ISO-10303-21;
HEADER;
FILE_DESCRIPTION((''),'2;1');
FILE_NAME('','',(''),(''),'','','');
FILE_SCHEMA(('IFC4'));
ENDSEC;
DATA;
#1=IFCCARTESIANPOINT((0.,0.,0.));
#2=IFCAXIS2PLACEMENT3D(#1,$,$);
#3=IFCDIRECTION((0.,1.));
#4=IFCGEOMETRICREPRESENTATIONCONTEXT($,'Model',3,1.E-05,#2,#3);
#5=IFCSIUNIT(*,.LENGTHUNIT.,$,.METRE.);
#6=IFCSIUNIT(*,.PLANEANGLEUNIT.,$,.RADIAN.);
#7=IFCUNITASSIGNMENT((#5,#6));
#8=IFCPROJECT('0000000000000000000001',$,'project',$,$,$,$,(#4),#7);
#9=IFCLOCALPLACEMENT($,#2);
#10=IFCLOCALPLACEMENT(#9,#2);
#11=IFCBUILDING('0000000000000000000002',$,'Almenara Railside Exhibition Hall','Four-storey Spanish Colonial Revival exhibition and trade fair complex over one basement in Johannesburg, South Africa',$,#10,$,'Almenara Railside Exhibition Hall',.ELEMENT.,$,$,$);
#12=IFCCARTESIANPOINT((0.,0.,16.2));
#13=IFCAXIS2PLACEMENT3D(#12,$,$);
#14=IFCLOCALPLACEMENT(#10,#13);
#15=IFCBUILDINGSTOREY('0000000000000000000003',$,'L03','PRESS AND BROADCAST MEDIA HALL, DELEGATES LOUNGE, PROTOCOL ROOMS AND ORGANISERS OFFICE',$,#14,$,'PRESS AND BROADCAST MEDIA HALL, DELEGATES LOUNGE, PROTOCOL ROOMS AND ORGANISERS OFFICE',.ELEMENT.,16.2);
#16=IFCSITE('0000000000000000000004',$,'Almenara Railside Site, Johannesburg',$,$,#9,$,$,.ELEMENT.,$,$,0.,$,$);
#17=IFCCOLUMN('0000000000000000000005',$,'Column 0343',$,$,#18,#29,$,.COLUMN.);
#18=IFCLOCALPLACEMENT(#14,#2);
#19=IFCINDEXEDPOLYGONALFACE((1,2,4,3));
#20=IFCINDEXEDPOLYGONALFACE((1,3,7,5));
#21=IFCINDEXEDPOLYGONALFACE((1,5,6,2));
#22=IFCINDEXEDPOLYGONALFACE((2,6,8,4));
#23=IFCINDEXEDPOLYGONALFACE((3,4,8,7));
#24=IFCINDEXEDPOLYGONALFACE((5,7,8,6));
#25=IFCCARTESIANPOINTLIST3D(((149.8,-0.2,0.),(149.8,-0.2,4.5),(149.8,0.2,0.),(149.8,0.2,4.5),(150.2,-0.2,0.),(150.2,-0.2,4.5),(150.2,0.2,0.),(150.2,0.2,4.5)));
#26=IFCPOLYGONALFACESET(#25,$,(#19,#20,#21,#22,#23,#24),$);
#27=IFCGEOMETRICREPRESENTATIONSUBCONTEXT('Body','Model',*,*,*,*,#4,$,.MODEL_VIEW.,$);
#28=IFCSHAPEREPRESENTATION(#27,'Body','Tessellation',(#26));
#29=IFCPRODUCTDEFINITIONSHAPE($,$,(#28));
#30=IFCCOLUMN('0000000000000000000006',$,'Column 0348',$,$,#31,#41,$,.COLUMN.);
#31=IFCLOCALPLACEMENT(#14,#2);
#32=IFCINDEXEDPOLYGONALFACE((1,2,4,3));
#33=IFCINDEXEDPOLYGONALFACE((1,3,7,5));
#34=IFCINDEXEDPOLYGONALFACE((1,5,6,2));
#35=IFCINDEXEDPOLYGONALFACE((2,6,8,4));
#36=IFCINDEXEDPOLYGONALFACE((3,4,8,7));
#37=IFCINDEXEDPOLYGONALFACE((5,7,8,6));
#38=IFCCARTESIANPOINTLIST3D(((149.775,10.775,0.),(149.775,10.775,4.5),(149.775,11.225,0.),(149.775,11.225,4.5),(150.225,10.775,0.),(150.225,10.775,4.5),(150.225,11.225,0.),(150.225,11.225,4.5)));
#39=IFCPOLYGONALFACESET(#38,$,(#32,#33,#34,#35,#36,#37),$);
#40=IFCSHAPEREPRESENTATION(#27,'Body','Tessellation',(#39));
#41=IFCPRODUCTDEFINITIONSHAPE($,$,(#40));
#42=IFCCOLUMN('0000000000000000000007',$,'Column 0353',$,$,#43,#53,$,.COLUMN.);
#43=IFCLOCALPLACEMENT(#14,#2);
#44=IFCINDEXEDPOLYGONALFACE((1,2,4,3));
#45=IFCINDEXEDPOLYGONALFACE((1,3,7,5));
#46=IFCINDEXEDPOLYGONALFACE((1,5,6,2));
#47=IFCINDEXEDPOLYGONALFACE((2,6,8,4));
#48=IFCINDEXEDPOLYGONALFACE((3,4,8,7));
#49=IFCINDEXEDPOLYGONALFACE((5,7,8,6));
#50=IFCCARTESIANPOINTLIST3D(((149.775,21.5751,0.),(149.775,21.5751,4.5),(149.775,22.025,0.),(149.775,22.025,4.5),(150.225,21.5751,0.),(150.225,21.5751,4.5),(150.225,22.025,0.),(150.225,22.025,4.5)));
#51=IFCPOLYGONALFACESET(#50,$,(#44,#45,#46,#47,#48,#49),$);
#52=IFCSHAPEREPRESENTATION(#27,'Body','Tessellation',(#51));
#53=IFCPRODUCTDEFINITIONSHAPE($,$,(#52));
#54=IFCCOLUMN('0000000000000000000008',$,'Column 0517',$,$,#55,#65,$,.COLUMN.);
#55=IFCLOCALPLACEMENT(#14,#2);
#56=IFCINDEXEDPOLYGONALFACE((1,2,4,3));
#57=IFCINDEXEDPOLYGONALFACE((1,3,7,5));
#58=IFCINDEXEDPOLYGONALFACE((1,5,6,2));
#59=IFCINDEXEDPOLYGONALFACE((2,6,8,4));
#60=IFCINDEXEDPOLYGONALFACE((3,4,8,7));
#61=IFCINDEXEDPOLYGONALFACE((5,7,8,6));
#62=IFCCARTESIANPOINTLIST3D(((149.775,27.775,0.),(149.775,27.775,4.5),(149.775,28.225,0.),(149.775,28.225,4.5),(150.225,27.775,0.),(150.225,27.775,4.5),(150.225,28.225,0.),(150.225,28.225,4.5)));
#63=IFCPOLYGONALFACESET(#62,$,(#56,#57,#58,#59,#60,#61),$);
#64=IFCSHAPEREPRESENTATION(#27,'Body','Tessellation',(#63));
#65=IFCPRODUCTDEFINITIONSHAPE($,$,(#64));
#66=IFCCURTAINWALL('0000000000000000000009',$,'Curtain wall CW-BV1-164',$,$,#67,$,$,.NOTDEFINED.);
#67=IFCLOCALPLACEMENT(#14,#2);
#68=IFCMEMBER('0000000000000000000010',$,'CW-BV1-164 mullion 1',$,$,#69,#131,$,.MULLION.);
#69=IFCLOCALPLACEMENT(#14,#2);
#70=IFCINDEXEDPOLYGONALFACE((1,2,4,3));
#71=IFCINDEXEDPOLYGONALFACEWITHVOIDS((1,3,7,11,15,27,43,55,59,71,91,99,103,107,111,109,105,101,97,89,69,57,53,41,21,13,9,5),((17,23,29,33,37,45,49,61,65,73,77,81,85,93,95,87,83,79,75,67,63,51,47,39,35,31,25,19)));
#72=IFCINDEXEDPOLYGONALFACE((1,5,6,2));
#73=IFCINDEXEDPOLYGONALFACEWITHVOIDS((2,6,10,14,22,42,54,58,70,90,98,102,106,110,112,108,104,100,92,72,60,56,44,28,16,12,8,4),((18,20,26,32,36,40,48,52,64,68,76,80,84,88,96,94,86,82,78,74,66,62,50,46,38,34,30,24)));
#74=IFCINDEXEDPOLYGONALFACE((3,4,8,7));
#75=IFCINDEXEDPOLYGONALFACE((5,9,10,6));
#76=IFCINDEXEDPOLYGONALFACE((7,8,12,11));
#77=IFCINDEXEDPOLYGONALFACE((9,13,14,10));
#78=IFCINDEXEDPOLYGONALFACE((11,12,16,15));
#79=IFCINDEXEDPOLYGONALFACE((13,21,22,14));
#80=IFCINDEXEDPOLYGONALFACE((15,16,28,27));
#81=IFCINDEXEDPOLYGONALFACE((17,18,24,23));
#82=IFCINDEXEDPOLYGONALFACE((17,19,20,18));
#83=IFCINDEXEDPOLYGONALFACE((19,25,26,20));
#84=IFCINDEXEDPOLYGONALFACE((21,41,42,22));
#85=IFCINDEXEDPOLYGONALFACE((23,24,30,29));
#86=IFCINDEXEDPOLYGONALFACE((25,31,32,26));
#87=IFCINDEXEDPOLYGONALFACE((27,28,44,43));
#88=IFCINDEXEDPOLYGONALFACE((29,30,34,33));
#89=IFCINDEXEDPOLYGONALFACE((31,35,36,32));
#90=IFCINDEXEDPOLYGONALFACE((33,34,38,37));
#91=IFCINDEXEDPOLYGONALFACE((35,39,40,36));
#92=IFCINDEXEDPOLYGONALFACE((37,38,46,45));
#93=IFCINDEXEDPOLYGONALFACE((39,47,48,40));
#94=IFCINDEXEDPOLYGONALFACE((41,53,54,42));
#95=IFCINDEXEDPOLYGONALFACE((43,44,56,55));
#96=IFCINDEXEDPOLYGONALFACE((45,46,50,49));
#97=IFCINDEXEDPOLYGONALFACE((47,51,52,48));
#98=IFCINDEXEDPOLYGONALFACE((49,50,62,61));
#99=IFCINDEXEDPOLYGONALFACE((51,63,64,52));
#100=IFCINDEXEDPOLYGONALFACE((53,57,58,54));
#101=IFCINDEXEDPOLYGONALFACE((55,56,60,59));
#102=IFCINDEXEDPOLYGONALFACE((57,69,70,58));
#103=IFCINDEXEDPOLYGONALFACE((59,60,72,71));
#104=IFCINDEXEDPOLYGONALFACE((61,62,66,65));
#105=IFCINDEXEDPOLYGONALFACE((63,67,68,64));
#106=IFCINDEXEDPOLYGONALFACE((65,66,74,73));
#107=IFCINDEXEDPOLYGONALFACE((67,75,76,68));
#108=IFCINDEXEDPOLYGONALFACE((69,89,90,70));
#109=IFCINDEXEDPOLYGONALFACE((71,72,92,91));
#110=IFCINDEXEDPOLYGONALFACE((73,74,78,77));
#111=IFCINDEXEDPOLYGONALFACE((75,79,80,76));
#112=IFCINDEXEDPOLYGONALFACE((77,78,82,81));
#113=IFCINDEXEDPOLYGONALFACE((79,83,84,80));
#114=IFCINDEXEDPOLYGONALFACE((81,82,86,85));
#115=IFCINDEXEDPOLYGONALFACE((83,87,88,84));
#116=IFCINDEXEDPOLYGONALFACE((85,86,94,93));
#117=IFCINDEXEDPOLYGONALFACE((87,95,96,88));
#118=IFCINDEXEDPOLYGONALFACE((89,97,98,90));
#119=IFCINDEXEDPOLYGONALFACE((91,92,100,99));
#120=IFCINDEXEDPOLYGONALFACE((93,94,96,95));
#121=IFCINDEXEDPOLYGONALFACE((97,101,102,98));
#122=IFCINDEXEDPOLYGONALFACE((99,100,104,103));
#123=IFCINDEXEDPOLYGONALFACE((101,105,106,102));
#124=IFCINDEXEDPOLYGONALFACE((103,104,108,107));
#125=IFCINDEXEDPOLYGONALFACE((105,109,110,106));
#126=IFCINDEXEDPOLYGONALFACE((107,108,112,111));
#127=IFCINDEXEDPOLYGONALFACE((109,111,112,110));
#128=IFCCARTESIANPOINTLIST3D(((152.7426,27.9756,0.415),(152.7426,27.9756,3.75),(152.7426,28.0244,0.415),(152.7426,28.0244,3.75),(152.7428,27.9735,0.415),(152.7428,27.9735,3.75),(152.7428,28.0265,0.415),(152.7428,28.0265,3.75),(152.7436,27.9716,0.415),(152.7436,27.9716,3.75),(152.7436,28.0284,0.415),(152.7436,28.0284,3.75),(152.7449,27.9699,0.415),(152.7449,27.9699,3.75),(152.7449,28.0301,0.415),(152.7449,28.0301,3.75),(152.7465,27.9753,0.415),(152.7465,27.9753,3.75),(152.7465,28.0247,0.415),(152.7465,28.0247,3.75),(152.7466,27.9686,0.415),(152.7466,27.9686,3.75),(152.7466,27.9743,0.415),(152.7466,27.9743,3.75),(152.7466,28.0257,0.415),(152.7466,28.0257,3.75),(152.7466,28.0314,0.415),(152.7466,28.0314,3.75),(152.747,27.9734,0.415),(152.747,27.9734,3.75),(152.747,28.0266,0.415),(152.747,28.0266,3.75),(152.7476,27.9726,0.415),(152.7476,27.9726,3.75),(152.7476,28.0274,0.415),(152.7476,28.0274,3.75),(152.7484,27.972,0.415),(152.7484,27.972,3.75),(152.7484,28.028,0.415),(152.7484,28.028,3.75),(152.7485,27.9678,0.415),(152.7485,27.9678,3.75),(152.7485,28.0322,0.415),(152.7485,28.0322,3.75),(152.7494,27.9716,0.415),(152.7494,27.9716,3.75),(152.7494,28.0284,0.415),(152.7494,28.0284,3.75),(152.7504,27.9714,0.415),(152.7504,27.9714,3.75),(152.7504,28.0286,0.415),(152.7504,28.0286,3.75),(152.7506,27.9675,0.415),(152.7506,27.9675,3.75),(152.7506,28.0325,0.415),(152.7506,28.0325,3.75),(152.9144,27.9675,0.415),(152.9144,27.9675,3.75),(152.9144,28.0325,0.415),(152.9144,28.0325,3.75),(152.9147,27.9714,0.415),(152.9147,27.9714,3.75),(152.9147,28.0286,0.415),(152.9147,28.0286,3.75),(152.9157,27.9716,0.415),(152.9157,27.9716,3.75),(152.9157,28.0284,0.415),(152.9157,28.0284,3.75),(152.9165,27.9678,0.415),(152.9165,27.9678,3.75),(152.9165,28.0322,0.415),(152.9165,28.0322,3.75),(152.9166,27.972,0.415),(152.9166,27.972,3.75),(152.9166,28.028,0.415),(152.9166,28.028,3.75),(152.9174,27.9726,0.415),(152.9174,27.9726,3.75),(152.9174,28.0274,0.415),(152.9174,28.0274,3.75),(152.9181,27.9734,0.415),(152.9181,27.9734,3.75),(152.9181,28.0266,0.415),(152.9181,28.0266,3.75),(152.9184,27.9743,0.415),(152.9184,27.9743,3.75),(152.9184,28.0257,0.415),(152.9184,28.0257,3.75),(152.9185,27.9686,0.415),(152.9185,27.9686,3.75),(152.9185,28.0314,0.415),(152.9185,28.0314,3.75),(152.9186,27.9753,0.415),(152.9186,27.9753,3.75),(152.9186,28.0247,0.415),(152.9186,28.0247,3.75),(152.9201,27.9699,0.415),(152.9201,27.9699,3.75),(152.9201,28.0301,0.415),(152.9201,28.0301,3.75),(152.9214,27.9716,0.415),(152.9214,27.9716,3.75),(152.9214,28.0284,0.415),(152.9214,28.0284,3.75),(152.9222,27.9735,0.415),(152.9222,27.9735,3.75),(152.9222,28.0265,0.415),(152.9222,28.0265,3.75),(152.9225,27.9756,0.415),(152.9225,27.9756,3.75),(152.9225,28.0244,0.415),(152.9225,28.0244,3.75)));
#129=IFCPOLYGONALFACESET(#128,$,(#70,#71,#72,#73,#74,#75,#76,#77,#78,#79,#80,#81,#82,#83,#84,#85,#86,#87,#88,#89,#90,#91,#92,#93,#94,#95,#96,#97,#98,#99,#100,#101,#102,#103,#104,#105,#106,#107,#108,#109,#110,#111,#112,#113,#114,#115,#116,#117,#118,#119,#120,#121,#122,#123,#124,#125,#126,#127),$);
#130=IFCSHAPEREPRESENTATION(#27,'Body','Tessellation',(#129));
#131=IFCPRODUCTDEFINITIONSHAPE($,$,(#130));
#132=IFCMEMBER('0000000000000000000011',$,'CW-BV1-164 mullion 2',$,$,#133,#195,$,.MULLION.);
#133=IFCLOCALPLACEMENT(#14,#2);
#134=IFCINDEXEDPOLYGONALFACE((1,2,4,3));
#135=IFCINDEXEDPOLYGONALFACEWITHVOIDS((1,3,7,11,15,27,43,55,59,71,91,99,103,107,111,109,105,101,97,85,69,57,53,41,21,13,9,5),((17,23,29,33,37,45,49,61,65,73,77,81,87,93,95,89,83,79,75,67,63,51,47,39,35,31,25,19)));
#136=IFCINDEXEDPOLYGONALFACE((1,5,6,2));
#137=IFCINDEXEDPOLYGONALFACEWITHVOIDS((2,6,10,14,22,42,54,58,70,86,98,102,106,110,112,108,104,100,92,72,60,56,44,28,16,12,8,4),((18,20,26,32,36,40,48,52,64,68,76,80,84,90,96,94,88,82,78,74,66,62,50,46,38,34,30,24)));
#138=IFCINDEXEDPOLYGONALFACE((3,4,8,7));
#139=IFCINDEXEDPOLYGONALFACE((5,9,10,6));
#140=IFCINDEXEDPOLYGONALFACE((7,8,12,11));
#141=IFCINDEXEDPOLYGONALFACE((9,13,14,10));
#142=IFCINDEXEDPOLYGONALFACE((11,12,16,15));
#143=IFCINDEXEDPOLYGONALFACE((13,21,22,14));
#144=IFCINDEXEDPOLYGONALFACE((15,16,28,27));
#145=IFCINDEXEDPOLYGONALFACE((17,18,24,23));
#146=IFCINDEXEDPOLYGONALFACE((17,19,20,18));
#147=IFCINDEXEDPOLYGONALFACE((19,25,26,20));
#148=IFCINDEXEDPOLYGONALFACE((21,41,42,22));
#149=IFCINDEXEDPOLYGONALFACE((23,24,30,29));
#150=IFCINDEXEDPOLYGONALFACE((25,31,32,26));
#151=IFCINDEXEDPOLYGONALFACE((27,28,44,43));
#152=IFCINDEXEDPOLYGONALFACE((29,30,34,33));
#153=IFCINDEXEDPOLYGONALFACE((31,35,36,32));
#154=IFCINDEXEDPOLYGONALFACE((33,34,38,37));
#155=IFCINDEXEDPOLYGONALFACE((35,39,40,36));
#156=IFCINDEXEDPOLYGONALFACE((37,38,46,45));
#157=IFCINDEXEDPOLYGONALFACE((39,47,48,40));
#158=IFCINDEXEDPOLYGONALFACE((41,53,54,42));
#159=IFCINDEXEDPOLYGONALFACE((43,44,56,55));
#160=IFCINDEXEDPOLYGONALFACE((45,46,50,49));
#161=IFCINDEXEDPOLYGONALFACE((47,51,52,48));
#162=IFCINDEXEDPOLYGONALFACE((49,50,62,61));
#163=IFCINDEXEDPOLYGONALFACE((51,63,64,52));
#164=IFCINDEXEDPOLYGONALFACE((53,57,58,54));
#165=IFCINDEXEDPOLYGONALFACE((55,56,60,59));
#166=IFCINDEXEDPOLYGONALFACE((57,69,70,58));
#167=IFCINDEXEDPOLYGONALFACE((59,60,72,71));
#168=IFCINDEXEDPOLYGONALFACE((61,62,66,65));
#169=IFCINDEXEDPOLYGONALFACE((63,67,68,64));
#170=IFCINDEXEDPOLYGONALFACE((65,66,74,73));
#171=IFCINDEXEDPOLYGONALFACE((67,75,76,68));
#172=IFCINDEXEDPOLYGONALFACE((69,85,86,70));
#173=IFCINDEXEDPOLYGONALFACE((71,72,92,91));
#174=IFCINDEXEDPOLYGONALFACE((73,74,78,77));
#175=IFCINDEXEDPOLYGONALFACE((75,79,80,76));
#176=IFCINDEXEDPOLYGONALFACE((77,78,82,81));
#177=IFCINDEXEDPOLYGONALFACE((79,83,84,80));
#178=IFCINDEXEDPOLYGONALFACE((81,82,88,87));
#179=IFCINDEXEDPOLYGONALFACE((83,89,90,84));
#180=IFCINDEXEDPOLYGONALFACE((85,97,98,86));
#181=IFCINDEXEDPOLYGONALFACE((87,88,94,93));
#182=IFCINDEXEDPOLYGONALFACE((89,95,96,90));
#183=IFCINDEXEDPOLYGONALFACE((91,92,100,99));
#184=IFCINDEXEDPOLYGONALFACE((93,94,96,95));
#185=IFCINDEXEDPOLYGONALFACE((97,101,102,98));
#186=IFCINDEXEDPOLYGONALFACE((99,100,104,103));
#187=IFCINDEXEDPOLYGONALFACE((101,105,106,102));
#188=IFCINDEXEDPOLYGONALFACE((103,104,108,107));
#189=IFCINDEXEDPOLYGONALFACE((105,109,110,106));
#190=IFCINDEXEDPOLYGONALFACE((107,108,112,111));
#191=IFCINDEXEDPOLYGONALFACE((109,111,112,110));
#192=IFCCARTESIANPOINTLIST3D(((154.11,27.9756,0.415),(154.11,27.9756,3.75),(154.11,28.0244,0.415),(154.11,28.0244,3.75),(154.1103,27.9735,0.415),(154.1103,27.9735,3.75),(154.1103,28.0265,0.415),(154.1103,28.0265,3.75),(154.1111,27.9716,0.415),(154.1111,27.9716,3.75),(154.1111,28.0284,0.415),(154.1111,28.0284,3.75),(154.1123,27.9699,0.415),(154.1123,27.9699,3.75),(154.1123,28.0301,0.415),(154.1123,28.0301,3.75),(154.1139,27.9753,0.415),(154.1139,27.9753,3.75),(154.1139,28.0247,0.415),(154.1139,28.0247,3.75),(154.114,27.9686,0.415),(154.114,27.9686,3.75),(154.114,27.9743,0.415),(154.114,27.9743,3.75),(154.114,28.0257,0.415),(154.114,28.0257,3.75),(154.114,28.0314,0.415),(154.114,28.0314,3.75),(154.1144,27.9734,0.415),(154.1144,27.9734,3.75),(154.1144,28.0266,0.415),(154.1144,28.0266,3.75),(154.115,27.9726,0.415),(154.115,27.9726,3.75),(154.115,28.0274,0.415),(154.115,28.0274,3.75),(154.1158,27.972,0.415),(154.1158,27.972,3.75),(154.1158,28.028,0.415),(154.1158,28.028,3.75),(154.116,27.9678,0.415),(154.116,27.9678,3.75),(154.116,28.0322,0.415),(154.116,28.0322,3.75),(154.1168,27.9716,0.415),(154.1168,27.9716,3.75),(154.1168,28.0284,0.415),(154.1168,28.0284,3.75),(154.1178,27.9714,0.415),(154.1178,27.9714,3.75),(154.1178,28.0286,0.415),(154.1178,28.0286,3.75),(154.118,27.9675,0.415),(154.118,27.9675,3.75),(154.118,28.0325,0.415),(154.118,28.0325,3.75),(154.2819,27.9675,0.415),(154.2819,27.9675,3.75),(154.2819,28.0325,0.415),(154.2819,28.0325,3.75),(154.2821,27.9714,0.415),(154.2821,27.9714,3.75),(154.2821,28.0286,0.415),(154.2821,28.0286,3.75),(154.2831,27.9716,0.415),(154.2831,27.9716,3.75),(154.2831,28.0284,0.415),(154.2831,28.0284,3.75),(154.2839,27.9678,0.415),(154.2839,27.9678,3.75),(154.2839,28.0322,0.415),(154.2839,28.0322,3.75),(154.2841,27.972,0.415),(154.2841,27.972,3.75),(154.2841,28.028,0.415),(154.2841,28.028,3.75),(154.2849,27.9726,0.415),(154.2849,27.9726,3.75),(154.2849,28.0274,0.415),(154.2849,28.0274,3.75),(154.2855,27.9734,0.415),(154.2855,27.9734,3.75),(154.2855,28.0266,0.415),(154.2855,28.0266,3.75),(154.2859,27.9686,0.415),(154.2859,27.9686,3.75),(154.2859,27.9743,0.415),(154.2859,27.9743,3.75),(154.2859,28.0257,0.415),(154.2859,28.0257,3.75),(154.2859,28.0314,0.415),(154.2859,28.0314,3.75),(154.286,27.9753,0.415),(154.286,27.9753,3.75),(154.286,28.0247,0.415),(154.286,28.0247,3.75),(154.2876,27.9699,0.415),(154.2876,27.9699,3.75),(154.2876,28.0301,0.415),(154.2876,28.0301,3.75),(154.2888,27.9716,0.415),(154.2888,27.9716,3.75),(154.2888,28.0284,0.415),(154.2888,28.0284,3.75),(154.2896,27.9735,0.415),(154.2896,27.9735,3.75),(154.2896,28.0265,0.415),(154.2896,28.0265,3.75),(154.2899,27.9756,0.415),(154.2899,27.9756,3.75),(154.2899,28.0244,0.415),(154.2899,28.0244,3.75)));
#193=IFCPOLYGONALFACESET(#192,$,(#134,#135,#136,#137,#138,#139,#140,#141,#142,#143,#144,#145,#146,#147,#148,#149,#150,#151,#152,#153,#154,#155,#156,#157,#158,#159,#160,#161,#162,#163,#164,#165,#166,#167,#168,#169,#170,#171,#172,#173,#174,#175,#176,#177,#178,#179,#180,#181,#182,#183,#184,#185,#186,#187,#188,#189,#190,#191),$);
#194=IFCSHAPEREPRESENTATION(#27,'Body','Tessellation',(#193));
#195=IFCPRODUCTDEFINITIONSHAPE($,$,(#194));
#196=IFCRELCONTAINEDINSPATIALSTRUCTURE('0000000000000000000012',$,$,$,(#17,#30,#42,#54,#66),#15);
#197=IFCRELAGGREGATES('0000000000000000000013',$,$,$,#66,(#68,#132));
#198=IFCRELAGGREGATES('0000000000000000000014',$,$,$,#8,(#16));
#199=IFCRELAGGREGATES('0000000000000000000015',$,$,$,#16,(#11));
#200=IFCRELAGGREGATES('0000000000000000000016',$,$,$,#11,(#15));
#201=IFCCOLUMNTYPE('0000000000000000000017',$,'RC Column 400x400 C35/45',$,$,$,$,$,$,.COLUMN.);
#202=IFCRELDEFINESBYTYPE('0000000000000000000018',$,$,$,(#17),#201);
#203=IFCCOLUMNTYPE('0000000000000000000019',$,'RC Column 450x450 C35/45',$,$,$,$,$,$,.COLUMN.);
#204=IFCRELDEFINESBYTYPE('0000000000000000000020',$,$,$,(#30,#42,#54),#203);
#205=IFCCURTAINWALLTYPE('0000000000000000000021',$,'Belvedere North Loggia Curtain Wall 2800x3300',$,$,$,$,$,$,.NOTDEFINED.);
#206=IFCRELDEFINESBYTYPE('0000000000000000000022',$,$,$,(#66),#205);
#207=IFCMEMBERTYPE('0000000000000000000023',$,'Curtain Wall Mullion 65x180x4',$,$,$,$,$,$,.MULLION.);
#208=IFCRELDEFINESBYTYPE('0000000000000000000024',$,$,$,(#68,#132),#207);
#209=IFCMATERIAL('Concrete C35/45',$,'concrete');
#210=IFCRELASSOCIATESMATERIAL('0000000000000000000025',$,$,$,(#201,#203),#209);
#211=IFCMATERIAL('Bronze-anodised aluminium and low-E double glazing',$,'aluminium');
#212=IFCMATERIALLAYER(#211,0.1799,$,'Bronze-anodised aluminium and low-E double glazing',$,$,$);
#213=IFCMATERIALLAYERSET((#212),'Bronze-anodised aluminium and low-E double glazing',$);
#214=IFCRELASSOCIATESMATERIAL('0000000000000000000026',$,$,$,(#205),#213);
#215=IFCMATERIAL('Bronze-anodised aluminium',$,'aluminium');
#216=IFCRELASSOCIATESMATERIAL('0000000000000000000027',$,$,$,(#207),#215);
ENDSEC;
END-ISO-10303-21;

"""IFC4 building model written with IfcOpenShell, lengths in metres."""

from ifc_helpers import new_model, si_unit, direction, frame, origin, origin_2d, place, context, subcontext, project, spatial, rectangle, hollow_rectangle, extrude, material, layer, layer_set, material_profile, profile_set, type_object, element, aggregate, save


model = new_model("IFC4")

# Units and contexts
model_context = context("Model", 3, precision=1e-05, world=origin(), true_north=direction((0.0, 1.0)))
body_context = subcontext(model_context, "Body", "Model", "MODEL_VIEW")
ifc_project = project(units=[si_unit("LENGTHUNIT", "METRE"), si_unit("PLANEANGLEUNIT", "RADIAN")], contexts=[model_context])

# Site, building, storey
site_placement = place(None, origin())
site = spatial("IfcSite", under=ifc_project, at=site_placement, Name="Almenara Railside Site, Johannesburg", CompositionType="ELEMENT", RefElevation=0.0)
building_placement = place(site_placement, origin())
building = spatial("IfcBuilding", under=site, at=building_placement, Name="Almenara Railside Exhibition Hall", Description="Four-storey Spanish Colonial Revival exhibition and trade fair complex over one basement in Johannesburg, South Africa", LongName="Almenara Railside Exhibition Hall", CompositionType="ELEMENT")
storey_placement = place(building_placement, frame((0.0, 0.0, 16.2)))
storey = spatial("IfcBuildingStorey", under=building, at=storey_placement, Name="L03", Description="PRESS AND BROADCAST MEDIA HALL, DELEGATES LOUNGE, PROTOCOL ROOMS AND ORGANISERS OFFICE", LongName="PRESS AND BROADCAST MEDIA HALL, DELEGATES LOUNGE, PROTOCOL ROOMS AND ORGANISERS OFFICE", CompositionType="ELEMENT", Elevation=16.2)

# Columns
ifc_material_1 = material(Name="Concrete C35/45", Category="concrete")
ifc_material_profile_1 = material_profile(ifc_material_1, rectangle(XDim=0.3999, YDim=0.3999, at=origin_2d()), Name="RC 400x400")
ifc_profile_set_1 = profile_set([ifc_material_profile_1], Name="Concrete C35/45")
column_type_1 = type_object("IfcColumnType", Name="RC Column 400x400 C35/45", PredefinedType="COLUMN", material=ifc_profile_set_1)
column_placement = place(storey_placement, frame((150.0, 0.0, 0.0), z_axis=(0.0, 0.0, 1.0), x_axis=(1.0, 0.0, 0.0)))
element("IfcColumn", 1, at=column_placement, inside=storey, type_object=column_type_1, Name="Column 0343", PredefinedType="COLUMN", context=body_context, shape_type="SweptSolid", body=[
    extrude(rectangle(XDim=0.3999, YDim=0.3999, at=origin_2d()), origin(), (0.0, 0.0, 1.0), 4.5),
])
ifc_material_profile_2 = material_profile(ifc_material_1, rectangle(XDim=0.45, YDim=0.45, at=origin_2d()), Name="RC 450x450")
ifc_profile_set_2 = profile_set([ifc_material_profile_2], Name="Concrete C35/45")
column_type_2 = type_object("IfcColumnType", Name="RC Column 450x450 C35/45", PredefinedType="COLUMN", material=ifc_profile_set_2)
for number, where, z_axis, x_axis, name in (
    (2, (150.0, 11.0, 0.0), (0.0, 0.0, 1.0), (1.0, 0.0, 0.0), "Column 0348"),
    (3, (150.0, 21.8, 0.0), (0.0, 0.0, 1.0), (1.0, 0.0, 0.0), "Column 0353"),
    (4, (150.0, 28.0, 0.0), (0.0, 0.0, 1.0), (1.0, 0.0, 0.0), "Column 0517"),
):
    element("IfcColumn", number, at=place(storey_placement, frame(where, z_axis=z_axis, x_axis=x_axis)), inside=storey, type_object=column_type_2, Name=name, PredefinedType="COLUMN", context=body_context, shape_type="SweptSolid", body=[
        extrude(rectangle(XDim=0.45, YDim=0.45, at=origin_2d()), origin(), (0.0, 0.0, 1.0), 4.5),
    ])

# Curtain wall, members
ifc_material_2 = material(Name="Bronze-anodised aluminium and low-E double glazing", Category="aluminium")
ifc_layer_1 = layer(ifc_material_2, 0.1799, Name="Bronze-anodised aluminium and low-E double glazing")
ifc_layer_set_1 = layer_set([ifc_layer_1], Name="Bronze-anodised aluminium and low-E double glazing")
curtain_wall_type = type_object("IfcCurtainWallType", Name="Belvedere North Loggia Curtain Wall 2800x3300", PredefinedType="NOTDEFINED", material=ifc_layer_set_1)
curtain_wall_placement = place(storey_placement, origin())
curtain_wall = element("IfcCurtainWall", 5, at=curtain_wall_placement, inside=storey, type_object=curtain_wall_type, Name="Curtain wall CW-BV1-164", PredefinedType="NOTDEFINED")
ifc_material_3 = material(Name="Bronze-anodised aluminium", Category="aluminium")
ifc_material_profile_3 = material_profile(ifc_material_3, hollow_rectangle(XDim=0.0649, YDim=0.1799, WallThickness=0.0039, InnerFilletRadius=0.0039, OuterFilletRadius=0.0081, at=origin_2d()), Name="ALU-MUL 65x180x4")
ifc_profile_set_3 = profile_set([ifc_material_profile_3], Name="Bronze-anodised aluminium")
member_type_1 = type_object("IfcMemberType", Name="Curtain Wall Mullion 65x180x4", PredefinedType="MULLION", material=ifc_profile_set_3)
member_1_placement = place(storey_placement, frame((152.8325, 28.0, 0.415), z_axis=(0.0, 0.0, 1.0), x_axis=(0.0, 1.0, 0.0)))
member_1 = element("IfcMember", 6, at=member_1_placement, type_object=member_type_1, Name="CW-BV1-164 mullion 1", PredefinedType="MULLION", context=body_context, shape_type="SweptSolid", body=[
    extrude(hollow_rectangle(XDim=0.0649, YDim=0.1799, WallThickness=0.0039, InnerFilletRadius=0.0039, OuterFilletRadius=0.0081, at=origin_2d()), origin(), (0.0, 0.0, 1.0), 3.335),
])
member_2_placement = place(storey_placement, frame((154.2, 28.0, 0.415), z_axis=(0.0, 0.0, 1.0), x_axis=(0.0, 1.0, 0.0)))
member_2 = element("IfcMember", 7, at=member_2_placement, type_object=member_type_1, Name="CW-BV1-164 mullion 2", PredefinedType="MULLION", context=body_context, shape_type="SweptSolid", body=[
    extrude(hollow_rectangle(XDim=0.0649, YDim=0.1799, WallThickness=0.0039, InnerFilletRadius=0.0039, OuterFilletRadius=0.0081, at=origin_2d()), origin(), (0.0, 0.0, 1.0), 3.335),
])

aggregate(curtain_wall, [member_1, member_2])

save(model, "model.ifc")
